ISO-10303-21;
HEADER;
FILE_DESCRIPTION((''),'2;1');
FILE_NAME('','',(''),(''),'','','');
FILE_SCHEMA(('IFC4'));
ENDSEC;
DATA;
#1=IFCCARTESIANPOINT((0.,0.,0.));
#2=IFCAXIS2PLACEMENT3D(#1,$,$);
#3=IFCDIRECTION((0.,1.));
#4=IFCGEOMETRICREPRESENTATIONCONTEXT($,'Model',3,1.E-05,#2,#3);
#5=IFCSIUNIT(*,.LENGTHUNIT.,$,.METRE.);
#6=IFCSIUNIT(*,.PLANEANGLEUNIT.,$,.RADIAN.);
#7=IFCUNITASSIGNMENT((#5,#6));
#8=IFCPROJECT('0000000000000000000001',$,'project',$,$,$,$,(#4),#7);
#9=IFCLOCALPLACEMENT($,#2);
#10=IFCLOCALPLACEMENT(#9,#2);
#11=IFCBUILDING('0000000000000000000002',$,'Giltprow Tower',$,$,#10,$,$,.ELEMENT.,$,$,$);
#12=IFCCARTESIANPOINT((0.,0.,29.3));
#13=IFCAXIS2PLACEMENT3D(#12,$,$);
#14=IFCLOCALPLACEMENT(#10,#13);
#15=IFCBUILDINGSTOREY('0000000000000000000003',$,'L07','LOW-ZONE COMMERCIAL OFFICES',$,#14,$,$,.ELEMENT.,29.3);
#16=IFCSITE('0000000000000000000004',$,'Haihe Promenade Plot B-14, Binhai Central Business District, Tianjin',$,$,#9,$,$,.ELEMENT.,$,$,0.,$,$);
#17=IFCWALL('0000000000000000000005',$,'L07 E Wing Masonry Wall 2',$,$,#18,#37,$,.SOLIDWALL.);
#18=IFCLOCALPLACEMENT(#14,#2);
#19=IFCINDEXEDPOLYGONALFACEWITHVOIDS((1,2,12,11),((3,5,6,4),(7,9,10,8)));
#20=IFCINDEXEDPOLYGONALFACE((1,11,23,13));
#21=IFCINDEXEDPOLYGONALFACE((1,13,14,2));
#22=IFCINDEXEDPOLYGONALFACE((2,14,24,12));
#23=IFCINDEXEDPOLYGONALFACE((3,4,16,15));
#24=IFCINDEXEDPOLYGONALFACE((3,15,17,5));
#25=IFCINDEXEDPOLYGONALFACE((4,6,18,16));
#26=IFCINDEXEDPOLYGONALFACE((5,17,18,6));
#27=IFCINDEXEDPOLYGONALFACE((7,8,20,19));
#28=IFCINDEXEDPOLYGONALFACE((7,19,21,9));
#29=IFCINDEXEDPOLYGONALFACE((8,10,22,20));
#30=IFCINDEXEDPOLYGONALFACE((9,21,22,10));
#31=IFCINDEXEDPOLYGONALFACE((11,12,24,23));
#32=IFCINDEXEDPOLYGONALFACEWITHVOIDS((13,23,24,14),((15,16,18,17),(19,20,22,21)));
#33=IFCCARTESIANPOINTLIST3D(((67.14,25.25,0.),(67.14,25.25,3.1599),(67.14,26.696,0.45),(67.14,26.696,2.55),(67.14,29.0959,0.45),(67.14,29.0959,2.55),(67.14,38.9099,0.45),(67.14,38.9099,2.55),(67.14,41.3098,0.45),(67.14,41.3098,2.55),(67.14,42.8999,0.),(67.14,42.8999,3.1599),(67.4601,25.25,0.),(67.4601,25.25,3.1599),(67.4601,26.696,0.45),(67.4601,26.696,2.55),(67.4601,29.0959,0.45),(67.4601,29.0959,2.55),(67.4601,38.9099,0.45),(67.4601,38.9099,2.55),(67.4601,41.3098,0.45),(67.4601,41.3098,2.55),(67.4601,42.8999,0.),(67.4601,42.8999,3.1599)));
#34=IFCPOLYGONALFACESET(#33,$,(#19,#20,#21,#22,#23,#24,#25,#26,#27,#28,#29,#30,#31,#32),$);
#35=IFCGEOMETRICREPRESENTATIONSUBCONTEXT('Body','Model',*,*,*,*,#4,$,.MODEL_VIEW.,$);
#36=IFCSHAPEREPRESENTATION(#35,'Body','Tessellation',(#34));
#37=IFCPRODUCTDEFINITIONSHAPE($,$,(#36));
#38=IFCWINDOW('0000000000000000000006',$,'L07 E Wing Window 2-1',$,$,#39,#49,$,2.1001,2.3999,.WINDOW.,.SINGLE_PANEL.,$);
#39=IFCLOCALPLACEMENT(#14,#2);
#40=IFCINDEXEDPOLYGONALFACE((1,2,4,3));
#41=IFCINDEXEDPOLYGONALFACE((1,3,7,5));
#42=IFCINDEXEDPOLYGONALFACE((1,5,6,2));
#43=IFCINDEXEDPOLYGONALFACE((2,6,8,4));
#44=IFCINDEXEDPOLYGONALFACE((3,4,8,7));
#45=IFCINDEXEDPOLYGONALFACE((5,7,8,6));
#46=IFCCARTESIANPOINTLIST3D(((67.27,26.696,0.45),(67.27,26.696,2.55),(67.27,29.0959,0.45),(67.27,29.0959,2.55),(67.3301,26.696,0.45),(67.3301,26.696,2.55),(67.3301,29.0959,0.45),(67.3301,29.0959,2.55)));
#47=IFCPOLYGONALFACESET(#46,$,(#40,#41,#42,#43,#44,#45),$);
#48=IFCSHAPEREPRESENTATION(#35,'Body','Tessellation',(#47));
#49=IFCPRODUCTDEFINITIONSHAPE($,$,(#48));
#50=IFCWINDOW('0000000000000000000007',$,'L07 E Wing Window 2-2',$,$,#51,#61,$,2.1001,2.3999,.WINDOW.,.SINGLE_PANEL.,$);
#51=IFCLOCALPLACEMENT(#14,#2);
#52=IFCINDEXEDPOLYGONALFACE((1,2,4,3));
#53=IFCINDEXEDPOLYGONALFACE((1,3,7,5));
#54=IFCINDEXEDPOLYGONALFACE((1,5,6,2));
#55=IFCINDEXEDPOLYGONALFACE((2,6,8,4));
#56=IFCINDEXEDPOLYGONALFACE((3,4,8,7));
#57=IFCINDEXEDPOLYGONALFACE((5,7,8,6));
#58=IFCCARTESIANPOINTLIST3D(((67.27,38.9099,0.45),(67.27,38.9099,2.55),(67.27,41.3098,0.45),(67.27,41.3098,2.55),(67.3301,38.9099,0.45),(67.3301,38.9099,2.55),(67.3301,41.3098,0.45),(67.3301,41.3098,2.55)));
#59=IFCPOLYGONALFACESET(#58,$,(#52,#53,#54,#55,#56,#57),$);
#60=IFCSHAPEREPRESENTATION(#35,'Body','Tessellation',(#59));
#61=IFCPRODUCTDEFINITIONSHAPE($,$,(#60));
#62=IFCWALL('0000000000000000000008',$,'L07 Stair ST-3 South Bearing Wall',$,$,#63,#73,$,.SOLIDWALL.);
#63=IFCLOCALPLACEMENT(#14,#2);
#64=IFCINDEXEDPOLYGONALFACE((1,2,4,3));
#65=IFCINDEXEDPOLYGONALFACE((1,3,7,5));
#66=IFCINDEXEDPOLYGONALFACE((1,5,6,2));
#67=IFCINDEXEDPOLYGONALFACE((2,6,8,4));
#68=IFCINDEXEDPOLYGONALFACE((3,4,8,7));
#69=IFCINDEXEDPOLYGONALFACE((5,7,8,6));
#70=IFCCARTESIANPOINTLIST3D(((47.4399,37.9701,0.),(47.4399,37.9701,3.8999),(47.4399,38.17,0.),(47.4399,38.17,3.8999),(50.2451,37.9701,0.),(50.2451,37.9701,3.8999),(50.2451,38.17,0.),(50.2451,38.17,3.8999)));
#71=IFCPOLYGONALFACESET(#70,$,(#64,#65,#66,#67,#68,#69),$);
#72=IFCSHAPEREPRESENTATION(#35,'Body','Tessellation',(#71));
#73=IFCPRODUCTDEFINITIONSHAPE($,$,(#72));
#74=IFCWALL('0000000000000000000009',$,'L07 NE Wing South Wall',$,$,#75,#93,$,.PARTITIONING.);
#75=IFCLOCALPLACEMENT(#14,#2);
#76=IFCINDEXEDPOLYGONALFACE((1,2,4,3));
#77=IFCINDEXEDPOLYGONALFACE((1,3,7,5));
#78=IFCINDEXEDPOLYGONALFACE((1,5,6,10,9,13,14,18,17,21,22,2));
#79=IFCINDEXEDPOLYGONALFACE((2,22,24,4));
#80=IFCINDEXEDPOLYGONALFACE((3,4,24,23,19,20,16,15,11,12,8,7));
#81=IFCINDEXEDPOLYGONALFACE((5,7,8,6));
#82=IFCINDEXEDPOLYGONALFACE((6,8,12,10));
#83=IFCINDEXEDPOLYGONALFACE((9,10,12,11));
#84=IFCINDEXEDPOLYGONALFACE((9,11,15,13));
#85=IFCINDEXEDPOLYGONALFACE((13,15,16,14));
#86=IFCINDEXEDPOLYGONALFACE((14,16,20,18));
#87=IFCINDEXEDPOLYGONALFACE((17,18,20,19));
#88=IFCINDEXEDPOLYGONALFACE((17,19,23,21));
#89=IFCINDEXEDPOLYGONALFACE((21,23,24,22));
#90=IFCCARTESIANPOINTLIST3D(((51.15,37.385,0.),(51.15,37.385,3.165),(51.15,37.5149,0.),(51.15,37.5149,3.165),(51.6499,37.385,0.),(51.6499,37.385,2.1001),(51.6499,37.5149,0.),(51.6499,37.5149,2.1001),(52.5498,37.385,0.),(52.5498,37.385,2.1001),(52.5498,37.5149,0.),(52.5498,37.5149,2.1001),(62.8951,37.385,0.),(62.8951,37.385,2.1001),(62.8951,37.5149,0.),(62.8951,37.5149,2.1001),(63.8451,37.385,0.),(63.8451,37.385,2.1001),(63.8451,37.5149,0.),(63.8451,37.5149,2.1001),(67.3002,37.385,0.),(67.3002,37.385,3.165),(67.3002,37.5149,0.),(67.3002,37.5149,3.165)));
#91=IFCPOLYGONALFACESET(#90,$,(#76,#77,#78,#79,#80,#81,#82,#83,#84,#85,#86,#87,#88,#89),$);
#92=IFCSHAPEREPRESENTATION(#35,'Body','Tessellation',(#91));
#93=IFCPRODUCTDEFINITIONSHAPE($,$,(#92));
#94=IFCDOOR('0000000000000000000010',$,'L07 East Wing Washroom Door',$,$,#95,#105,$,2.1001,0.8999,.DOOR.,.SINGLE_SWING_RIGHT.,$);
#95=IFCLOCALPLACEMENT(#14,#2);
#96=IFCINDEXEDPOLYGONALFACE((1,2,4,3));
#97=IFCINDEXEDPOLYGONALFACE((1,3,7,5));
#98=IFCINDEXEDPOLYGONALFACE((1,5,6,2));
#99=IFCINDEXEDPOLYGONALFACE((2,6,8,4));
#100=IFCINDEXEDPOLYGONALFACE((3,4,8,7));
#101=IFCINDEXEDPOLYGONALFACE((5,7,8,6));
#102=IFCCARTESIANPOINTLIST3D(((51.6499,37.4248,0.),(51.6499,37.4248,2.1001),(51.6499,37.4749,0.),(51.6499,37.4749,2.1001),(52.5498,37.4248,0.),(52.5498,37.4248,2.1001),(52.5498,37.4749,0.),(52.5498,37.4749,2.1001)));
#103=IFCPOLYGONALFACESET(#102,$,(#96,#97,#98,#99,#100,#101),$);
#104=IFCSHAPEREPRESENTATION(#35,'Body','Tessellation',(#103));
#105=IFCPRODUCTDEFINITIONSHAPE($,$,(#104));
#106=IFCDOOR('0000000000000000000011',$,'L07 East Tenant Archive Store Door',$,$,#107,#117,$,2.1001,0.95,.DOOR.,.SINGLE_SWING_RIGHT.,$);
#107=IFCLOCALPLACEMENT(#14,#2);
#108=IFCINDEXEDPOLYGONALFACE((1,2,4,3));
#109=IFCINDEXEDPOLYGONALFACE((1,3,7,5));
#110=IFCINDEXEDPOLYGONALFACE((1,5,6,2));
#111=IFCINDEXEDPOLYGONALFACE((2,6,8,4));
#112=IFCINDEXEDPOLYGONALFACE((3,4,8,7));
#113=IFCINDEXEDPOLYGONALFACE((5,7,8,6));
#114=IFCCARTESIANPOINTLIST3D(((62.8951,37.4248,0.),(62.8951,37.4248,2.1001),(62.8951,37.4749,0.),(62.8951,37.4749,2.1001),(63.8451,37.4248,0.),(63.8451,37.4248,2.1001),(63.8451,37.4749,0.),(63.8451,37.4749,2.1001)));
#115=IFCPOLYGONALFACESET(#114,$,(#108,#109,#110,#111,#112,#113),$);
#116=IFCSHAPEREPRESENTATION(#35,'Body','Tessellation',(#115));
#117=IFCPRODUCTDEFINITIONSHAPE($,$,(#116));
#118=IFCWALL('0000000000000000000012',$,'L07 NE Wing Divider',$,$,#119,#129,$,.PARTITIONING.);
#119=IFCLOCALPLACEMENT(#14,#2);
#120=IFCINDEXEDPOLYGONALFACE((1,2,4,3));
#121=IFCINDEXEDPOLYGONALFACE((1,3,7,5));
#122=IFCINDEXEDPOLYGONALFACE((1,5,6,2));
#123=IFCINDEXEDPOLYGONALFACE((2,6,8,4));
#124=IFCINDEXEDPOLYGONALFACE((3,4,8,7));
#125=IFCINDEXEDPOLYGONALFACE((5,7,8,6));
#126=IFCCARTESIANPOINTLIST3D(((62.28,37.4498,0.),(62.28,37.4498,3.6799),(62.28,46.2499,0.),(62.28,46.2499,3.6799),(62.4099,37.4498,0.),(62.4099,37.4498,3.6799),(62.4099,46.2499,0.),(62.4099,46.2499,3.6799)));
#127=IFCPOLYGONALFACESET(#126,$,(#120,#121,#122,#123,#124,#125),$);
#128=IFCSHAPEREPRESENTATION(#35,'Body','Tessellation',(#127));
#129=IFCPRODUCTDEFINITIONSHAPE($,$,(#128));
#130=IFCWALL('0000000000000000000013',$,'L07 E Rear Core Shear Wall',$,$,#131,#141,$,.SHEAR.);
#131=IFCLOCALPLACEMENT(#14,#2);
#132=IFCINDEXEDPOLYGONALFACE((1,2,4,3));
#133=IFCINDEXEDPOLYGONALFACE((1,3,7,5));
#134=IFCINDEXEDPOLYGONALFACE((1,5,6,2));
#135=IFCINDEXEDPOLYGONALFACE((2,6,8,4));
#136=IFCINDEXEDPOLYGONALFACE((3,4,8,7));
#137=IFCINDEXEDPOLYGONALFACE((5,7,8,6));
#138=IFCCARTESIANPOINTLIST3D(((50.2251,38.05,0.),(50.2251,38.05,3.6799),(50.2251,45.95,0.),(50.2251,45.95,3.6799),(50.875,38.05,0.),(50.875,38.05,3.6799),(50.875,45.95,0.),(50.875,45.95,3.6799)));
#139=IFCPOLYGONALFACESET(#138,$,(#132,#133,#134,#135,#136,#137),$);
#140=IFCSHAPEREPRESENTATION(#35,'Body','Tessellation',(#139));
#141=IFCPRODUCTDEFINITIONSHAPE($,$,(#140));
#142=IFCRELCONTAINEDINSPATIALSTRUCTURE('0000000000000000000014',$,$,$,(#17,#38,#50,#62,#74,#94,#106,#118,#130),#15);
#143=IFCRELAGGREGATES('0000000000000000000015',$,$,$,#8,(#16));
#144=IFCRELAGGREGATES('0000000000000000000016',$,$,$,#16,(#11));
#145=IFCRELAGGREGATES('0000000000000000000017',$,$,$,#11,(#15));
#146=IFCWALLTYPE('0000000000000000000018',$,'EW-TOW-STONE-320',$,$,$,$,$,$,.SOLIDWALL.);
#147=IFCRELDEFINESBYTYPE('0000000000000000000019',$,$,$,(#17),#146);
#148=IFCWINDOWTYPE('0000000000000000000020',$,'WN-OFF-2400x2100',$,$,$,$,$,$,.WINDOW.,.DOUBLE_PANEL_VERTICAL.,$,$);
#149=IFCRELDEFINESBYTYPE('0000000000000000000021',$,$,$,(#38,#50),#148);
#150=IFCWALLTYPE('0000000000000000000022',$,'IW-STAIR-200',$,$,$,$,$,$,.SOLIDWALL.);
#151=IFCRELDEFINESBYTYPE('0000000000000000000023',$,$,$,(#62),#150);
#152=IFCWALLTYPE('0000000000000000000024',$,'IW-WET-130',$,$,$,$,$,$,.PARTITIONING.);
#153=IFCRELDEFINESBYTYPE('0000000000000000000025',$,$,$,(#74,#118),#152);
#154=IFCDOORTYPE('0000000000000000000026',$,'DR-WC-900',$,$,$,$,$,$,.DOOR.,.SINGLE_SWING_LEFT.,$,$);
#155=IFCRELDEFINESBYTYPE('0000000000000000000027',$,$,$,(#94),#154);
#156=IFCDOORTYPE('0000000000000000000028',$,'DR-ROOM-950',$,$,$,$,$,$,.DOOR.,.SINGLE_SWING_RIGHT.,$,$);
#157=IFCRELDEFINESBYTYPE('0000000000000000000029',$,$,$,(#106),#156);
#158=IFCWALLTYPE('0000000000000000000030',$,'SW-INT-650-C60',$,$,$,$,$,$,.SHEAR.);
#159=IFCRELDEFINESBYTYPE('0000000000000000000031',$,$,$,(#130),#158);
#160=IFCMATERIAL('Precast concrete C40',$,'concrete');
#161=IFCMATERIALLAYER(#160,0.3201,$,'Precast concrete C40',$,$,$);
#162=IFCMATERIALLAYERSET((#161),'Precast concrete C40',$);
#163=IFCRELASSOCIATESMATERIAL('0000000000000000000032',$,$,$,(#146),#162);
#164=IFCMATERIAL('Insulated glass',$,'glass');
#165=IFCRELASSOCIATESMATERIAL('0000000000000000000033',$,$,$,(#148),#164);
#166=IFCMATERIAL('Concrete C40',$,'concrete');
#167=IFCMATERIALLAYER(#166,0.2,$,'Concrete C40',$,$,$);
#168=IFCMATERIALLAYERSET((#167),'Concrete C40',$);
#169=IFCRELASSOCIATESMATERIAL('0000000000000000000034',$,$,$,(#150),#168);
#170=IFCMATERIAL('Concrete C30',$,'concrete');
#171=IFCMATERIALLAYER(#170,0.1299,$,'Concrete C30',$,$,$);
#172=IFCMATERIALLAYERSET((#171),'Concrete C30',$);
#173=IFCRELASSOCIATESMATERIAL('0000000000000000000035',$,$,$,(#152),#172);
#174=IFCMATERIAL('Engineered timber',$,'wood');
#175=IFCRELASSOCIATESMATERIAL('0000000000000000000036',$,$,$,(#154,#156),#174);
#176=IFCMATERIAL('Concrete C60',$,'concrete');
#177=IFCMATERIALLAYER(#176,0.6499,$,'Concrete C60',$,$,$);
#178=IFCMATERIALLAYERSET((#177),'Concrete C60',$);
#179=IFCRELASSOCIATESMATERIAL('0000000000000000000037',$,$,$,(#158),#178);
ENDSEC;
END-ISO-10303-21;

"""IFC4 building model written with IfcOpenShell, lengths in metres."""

from ifc_helpers import new_model, si_unit, direction, frame, frame_2d, origin, place, context, subcontext, project, spatial, rectangle, extrude, source, transform, mapped, material, layer, layer_set, type_object, element, fill, save


model = new_model("IFC4")

# Units and contexts
model_context = context("Model", 3, precision=1e-05, world=origin(), true_north=direction((0.0, 1.0)))
body_context = subcontext(model_context, "Body", "Model", "MODEL_VIEW")
ifc_project = project(units=[si_unit("LENGTHUNIT", "METRE"), si_unit("PLANEANGLEUNIT", "RADIAN")], contexts=[model_context])

# Site, building, storey
site_placement = place(None, origin())
site = spatial("IfcSite", under=ifc_project, at=site_placement, Name="Haihe Promenade Plot B-14, Binhai Central Business District, Tianjin", CompositionType="ELEMENT", RefElevation=0.0)
building_placement = place(site_placement, origin())
building = spatial("IfcBuilding", under=site, at=building_placement, Name="Giltprow Tower", CompositionType="ELEMENT")
storey_placement = place(building_placement, frame((0.0, 0.0, 29.3)))
storey = spatial("IfcBuildingStorey", under=building, at=storey_placement, Name="L07", Description="LOW-ZONE COMMERCIAL OFFICES", CompositionType="ELEMENT", Elevation=29.3)

# Shared definitions
ifc_material_1 = material(Name="Concrete C60", Category="concrete")

# Wall, openings, windows
ifc_material_2 = material(Name="Precast concrete C40", Category="concrete")
ifc_layer_1 = layer(ifc_material_2, 0.3201, Name="Precast concrete C40")
ifc_layer_set_1 = layer_set([ifc_layer_1], Name="Precast concrete C40")
wall_type_1 = type_object("IfcWallType", Name="EW-TOW-STONE-320", PredefinedType="SOLIDWALL", material=ifc_layer_set_1)
wall_1_placement = place(storey_placement, frame((67.3, 25.25, 0.0), z_axis=(0.0, 0.0, 1.0), x_axis=(0.0, 1.0, 0.0)))
wall_1 = element("IfcWall", 1, at=wall_1_placement, inside=storey, type_object=wall_type_1, Name="L07 E Wing Masonry Wall 2", PredefinedType="SOLIDWALL", context=body_context, shape_type="SweptSolid", body=[
    extrude(rectangle(XDim=17.6499, YDim=0.3201, at=frame_2d((8.825, 0.0))), origin(), (0.0, 0.0, 1.0), 3.1599),
])
opening_1_placement = place(wall_1_placement, frame((1.446, 0.0, 0.45)))
opening_1 = element("IfcOpeningElement", 2, at=opening_1_placement, cuts=wall_1, PredefinedType="OPENING", context=body_context, shape_type="SweptSolid", body=[
    extrude(rectangle(XDim=2.3999, YDim=2.1001, at=frame_2d((1.2, 1.05))), frame((0.0, 0.1699, 0.0), z_axis=(0.0, -1.0, 0.0), x_axis=(1.0, 0.0, 0.0)), (0.0, 0.0, 1.0), 0.3401),
])
opening_2_placement = place(wall_1_placement, frame((13.6599, 0.0, 0.45)))
opening_2 = element("IfcOpeningElement", 3, at=opening_2_placement, cuts=wall_1, PredefinedType="OPENING", context=body_context, shape_type="SweptSolid", body=[
    extrude(rectangle(XDim=2.3999, YDim=2.1001, at=frame_2d((1.2, 1.05))), frame((0.0, 0.1699, 0.0), z_axis=(0.0, -1.0, 0.0), x_axis=(1.0, 0.0, 0.0)), (0.0, 0.0, 1.0), 0.3401),
])
ifc_material_3 = material(Name="Insulated glass", Category="glass")
window_type = type_object("IfcWindowType", Name="WN-OFF-2400x2100", PartitioningType="DOUBLE_PANEL_VERTICAL", PredefinedType="WINDOW", material=ifc_material_3)
shared_shape_1 = source(origin(), body_context, "Body", "SweptSolid", [
    extrude(rectangle(XDim=2.3999, YDim=2.1001, at=frame_2d((1.2, 1.05))), frame((0.0, 0.03, 0.0), z_axis=(0.0, -1.0, 0.0), x_axis=(1.0, 0.0, 0.0)), (0.0, 0.0, 1.0), 0.0601),
])
window_1_placement = place(opening_1_placement, origin())
window_1 = element("IfcWindow", 4, at=window_1_placement, inside=storey, type_object=window_type, Name="L07 E Wing Window 2-1", OverallHeight=2.1001, OverallWidth=2.3999, PartitioningType="SINGLE_PANEL", PredefinedType="WINDOW", context=body_context, shape_type="MappedRepresentation", body=[
    mapped(shared_shape_1, transform((0.0, 0.0, 0.0), x_axis=(1.0, 0.0, 0.0), y_axis=(0.0, 1.0, 0.0), z_axis=(0.0, 0.0, 1.0), scale=1.0)),
])
fill(opening_1, window_1)
window_2_placement = place(opening_2_placement, origin())
window_2 = element("IfcWindow", 5, at=window_2_placement, inside=storey, type_object=window_type, Name="L07 E Wing Window 2-2", OverallHeight=2.1001, OverallWidth=2.3999, PartitioningType="SINGLE_PANEL", PredefinedType="WINDOW", context=body_context, shape_type="MappedRepresentation", body=[
    mapped(shared_shape_1, transform((0.0, 0.0, 0.0), x_axis=(1.0, 0.0, 0.0), y_axis=(0.0, 1.0, 0.0), z_axis=(0.0, 0.0, 1.0), scale=1.0)),
])
fill(opening_2, window_2)

# Wall
ifc_material_4 = material(Name="Concrete C40", Category="concrete")
ifc_layer_2 = layer(ifc_material_4, 0.2, Name="Concrete C40")
ifc_layer_set_2 = layer_set([ifc_layer_2], Name="Concrete C40")
wall_type_2 = type_object("IfcWallType", Name="IW-STAIR-200", PredefinedType="SOLIDWALL", material=ifc_layer_set_2)
wall_2_placement = place(storey_placement, frame((47.4399, 38.0701, 0.0), z_axis=(0.0, 0.0, 1.0), x_axis=(1.0, 0.0, 0.0)))
element("IfcWall", 6, at=wall_2_placement, inside=storey, type_object=wall_type_2, Name="L07 Stair ST-3 South Bearing Wall", PredefinedType="SOLIDWALL", context=body_context, shape_type="SweptSolid", body=[
    extrude(rectangle(XDim=2.8052, YDim=0.2, at=frame_2d((1.4026, 0.0))), origin(), (0.0, 0.0, 1.0), 3.8999),
])

# Wall, openings, doors
ifc_material_5 = material(Name="Concrete C30", Category="concrete")
ifc_layer_3 = layer(ifc_material_5, 0.1299, Name="Concrete C30")
ifc_layer_set_3 = layer_set([ifc_layer_3], Name="Concrete C30")
wall_type_3 = type_object("IfcWallType", Name="IW-WET-130", PredefinedType="PARTITIONING", material=ifc_layer_set_3)
wall_3_placement = place(storey_placement, frame((51.1499, 37.45, 0.0), z_axis=(0.0, 0.0, 1.0), x_axis=(1.0, 0.0, 0.0)))
wall_3 = element("IfcWall", 7, at=wall_3_placement, inside=storey, type_object=wall_type_3, Name="L07 NE Wing South Wall", PredefinedType="PARTITIONING", context=body_context, shape_type="SweptSolid", body=[
    extrude(rectangle(XDim=16.1501, YDim=0.1299, at=frame_2d((8.0752, 0.0))), origin(), (0.0, 0.0, 1.0), 3.165),
])
opening_3_placement = place(wall_3_placement, frame((0.5, 0.0, 0.0)))
opening_3 = element("IfcOpeningElement", 8, at=opening_3_placement, cuts=wall_3, PredefinedType="OPENING", context=body_context, shape_type="SweptSolid", body=[
    extrude(rectangle(XDim=0.8999, YDim=2.1001, at=frame_2d((0.45, 1.05))), frame((0.0, 0.075, 0.0), z_axis=(0.0, -1.0, 0.0), x_axis=(1.0, 0.0, 0.0)), (0.0, 0.0, 1.0), 0.1499),
])
opening_4_placement = place(wall_3_placement, frame((11.7451, 0.0, 0.0)))
opening_4 = element("IfcOpeningElement", 9, at=opening_4_placement, cuts=wall_3, PredefinedType="OPENING", context=body_context, shape_type="SweptSolid", body=[
    extrude(rectangle(XDim=0.95, YDim=2.1001, at=frame_2d((0.4751, 1.05))), frame((0.0, 0.075, 0.0), z_axis=(0.0, -1.0, 0.0), x_axis=(1.0, 0.0, 0.0)), (0.0, 0.0, 1.0), 0.1499),
])
ifc_material_6 = material(Name="Engineered timber", Category="wood")
door_type_1 = type_object("IfcDoorType", Name="DR-WC-900", OperationType="SINGLE_SWING_LEFT", PredefinedType="DOOR", material=ifc_material_6)
shared_shape_2 = source(origin(), body_context, "Body", "SweptSolid", [
    extrude(rectangle(XDim=0.8999, YDim=2.1001, at=frame_2d((0.45, 1.05))), frame((0.0, 0.0249, 0.0), z_axis=(0.0, -1.0, 0.0), x_axis=(1.0, 0.0, 0.0)), (0.0, 0.0, 1.0), 0.05),
])
door_1_placement = place(opening_3_placement, origin())
door_1 = element("IfcDoor", 10, at=door_1_placement, inside=storey, type_object=door_type_1, Name="L07 East Wing Washroom Door", OperationType="SINGLE_SWING_RIGHT", OverallHeight=2.1001, OverallWidth=0.8999, PredefinedType="DOOR", context=body_context, shape_type="MappedRepresentation", body=[
    mapped(shared_shape_2, transform((0.0, 0.0, 0.0), x_axis=(1.0, 0.0, 0.0), y_axis=(0.0, 1.0, 0.0), z_axis=(0.0, 0.0, 1.0), scale=1.0)),
])
fill(opening_3, door_1)
door_type_2 = type_object("IfcDoorType", Name="DR-ROOM-950", OperationType="SINGLE_SWING_RIGHT", PredefinedType="DOOR", material=ifc_material_6)
shared_shape_3 = source(origin(), body_context, "Body", "SweptSolid", [
    extrude(rectangle(XDim=0.95, YDim=2.1001, at=frame_2d((0.4751, 1.05))), frame((0.0, 0.0249, 0.0), z_axis=(0.0, -1.0, 0.0), x_axis=(1.0, 0.0, 0.0)), (0.0, 0.0, 1.0), 0.05),
])
door_2_placement = place(opening_4_placement, origin())
door_2 = element("IfcDoor", 11, at=door_2_placement, inside=storey, type_object=door_type_2, Name="L07 East Tenant Archive Store Door", OperationType="SINGLE_SWING_RIGHT", OverallHeight=2.1001, OverallWidth=0.95, PredefinedType="DOOR", context=body_context, shape_type="MappedRepresentation", body=[
    mapped(shared_shape_3, transform((0.0, 0.0, 0.0), x_axis=(1.0, 0.0, 0.0), y_axis=(0.0, 1.0, 0.0), z_axis=(0.0, 0.0, 1.0), scale=1.0)),
])
fill(opening_4, door_2)

# Walls
wall_4_placement = place(storey_placement, frame((62.345, 37.45, 0.0), z_axis=(0.0, 0.0, 1.0), x_axis=(0.0, 1.0, 0.0)))
element("IfcWall", 12, at=wall_4_placement, inside=storey, type_object=wall_type_3, Name="L07 NE Wing Divider", PredefinedType="PARTITIONING", context=body_context, shape_type="SweptSolid", body=[
    extrude(rectangle(XDim=8.8, YDim=0.1299, at=frame_2d((4.3999, 0.0))), origin(), (0.0, 0.0, 1.0), 3.6799),
])
ifc_layer_4 = layer(ifc_material_1, 0.6499, Name="Concrete C60")
ifc_layer_set_4 = layer_set([ifc_layer_4], Name="Concrete C60")
wall_type_4 = type_object("IfcWallType", Name="SW-INT-650-C60", PredefinedType="SHEAR", material=ifc_layer_set_4)
wall_5_placement = place(storey_placement, frame((50.55, 38.05, 0.0), z_axis=(0.0, 0.0, 1.0), x_axis=(0.0, 1.0, 0.0)))
element("IfcWall", 13, at=wall_5_placement, inside=storey, type_object=wall_type_4, Name="L07 E Rear Core Shear Wall", PredefinedType="SHEAR", context=body_context, shape_type="SweptSolid", body=[
    extrude(rectangle(XDim=7.8999, YDim=0.6499, at=frame_2d((3.95, 0.0))), origin(), (0.0, 0.0, 1.0), 3.6799),
])

save(model, "model.ifc")
